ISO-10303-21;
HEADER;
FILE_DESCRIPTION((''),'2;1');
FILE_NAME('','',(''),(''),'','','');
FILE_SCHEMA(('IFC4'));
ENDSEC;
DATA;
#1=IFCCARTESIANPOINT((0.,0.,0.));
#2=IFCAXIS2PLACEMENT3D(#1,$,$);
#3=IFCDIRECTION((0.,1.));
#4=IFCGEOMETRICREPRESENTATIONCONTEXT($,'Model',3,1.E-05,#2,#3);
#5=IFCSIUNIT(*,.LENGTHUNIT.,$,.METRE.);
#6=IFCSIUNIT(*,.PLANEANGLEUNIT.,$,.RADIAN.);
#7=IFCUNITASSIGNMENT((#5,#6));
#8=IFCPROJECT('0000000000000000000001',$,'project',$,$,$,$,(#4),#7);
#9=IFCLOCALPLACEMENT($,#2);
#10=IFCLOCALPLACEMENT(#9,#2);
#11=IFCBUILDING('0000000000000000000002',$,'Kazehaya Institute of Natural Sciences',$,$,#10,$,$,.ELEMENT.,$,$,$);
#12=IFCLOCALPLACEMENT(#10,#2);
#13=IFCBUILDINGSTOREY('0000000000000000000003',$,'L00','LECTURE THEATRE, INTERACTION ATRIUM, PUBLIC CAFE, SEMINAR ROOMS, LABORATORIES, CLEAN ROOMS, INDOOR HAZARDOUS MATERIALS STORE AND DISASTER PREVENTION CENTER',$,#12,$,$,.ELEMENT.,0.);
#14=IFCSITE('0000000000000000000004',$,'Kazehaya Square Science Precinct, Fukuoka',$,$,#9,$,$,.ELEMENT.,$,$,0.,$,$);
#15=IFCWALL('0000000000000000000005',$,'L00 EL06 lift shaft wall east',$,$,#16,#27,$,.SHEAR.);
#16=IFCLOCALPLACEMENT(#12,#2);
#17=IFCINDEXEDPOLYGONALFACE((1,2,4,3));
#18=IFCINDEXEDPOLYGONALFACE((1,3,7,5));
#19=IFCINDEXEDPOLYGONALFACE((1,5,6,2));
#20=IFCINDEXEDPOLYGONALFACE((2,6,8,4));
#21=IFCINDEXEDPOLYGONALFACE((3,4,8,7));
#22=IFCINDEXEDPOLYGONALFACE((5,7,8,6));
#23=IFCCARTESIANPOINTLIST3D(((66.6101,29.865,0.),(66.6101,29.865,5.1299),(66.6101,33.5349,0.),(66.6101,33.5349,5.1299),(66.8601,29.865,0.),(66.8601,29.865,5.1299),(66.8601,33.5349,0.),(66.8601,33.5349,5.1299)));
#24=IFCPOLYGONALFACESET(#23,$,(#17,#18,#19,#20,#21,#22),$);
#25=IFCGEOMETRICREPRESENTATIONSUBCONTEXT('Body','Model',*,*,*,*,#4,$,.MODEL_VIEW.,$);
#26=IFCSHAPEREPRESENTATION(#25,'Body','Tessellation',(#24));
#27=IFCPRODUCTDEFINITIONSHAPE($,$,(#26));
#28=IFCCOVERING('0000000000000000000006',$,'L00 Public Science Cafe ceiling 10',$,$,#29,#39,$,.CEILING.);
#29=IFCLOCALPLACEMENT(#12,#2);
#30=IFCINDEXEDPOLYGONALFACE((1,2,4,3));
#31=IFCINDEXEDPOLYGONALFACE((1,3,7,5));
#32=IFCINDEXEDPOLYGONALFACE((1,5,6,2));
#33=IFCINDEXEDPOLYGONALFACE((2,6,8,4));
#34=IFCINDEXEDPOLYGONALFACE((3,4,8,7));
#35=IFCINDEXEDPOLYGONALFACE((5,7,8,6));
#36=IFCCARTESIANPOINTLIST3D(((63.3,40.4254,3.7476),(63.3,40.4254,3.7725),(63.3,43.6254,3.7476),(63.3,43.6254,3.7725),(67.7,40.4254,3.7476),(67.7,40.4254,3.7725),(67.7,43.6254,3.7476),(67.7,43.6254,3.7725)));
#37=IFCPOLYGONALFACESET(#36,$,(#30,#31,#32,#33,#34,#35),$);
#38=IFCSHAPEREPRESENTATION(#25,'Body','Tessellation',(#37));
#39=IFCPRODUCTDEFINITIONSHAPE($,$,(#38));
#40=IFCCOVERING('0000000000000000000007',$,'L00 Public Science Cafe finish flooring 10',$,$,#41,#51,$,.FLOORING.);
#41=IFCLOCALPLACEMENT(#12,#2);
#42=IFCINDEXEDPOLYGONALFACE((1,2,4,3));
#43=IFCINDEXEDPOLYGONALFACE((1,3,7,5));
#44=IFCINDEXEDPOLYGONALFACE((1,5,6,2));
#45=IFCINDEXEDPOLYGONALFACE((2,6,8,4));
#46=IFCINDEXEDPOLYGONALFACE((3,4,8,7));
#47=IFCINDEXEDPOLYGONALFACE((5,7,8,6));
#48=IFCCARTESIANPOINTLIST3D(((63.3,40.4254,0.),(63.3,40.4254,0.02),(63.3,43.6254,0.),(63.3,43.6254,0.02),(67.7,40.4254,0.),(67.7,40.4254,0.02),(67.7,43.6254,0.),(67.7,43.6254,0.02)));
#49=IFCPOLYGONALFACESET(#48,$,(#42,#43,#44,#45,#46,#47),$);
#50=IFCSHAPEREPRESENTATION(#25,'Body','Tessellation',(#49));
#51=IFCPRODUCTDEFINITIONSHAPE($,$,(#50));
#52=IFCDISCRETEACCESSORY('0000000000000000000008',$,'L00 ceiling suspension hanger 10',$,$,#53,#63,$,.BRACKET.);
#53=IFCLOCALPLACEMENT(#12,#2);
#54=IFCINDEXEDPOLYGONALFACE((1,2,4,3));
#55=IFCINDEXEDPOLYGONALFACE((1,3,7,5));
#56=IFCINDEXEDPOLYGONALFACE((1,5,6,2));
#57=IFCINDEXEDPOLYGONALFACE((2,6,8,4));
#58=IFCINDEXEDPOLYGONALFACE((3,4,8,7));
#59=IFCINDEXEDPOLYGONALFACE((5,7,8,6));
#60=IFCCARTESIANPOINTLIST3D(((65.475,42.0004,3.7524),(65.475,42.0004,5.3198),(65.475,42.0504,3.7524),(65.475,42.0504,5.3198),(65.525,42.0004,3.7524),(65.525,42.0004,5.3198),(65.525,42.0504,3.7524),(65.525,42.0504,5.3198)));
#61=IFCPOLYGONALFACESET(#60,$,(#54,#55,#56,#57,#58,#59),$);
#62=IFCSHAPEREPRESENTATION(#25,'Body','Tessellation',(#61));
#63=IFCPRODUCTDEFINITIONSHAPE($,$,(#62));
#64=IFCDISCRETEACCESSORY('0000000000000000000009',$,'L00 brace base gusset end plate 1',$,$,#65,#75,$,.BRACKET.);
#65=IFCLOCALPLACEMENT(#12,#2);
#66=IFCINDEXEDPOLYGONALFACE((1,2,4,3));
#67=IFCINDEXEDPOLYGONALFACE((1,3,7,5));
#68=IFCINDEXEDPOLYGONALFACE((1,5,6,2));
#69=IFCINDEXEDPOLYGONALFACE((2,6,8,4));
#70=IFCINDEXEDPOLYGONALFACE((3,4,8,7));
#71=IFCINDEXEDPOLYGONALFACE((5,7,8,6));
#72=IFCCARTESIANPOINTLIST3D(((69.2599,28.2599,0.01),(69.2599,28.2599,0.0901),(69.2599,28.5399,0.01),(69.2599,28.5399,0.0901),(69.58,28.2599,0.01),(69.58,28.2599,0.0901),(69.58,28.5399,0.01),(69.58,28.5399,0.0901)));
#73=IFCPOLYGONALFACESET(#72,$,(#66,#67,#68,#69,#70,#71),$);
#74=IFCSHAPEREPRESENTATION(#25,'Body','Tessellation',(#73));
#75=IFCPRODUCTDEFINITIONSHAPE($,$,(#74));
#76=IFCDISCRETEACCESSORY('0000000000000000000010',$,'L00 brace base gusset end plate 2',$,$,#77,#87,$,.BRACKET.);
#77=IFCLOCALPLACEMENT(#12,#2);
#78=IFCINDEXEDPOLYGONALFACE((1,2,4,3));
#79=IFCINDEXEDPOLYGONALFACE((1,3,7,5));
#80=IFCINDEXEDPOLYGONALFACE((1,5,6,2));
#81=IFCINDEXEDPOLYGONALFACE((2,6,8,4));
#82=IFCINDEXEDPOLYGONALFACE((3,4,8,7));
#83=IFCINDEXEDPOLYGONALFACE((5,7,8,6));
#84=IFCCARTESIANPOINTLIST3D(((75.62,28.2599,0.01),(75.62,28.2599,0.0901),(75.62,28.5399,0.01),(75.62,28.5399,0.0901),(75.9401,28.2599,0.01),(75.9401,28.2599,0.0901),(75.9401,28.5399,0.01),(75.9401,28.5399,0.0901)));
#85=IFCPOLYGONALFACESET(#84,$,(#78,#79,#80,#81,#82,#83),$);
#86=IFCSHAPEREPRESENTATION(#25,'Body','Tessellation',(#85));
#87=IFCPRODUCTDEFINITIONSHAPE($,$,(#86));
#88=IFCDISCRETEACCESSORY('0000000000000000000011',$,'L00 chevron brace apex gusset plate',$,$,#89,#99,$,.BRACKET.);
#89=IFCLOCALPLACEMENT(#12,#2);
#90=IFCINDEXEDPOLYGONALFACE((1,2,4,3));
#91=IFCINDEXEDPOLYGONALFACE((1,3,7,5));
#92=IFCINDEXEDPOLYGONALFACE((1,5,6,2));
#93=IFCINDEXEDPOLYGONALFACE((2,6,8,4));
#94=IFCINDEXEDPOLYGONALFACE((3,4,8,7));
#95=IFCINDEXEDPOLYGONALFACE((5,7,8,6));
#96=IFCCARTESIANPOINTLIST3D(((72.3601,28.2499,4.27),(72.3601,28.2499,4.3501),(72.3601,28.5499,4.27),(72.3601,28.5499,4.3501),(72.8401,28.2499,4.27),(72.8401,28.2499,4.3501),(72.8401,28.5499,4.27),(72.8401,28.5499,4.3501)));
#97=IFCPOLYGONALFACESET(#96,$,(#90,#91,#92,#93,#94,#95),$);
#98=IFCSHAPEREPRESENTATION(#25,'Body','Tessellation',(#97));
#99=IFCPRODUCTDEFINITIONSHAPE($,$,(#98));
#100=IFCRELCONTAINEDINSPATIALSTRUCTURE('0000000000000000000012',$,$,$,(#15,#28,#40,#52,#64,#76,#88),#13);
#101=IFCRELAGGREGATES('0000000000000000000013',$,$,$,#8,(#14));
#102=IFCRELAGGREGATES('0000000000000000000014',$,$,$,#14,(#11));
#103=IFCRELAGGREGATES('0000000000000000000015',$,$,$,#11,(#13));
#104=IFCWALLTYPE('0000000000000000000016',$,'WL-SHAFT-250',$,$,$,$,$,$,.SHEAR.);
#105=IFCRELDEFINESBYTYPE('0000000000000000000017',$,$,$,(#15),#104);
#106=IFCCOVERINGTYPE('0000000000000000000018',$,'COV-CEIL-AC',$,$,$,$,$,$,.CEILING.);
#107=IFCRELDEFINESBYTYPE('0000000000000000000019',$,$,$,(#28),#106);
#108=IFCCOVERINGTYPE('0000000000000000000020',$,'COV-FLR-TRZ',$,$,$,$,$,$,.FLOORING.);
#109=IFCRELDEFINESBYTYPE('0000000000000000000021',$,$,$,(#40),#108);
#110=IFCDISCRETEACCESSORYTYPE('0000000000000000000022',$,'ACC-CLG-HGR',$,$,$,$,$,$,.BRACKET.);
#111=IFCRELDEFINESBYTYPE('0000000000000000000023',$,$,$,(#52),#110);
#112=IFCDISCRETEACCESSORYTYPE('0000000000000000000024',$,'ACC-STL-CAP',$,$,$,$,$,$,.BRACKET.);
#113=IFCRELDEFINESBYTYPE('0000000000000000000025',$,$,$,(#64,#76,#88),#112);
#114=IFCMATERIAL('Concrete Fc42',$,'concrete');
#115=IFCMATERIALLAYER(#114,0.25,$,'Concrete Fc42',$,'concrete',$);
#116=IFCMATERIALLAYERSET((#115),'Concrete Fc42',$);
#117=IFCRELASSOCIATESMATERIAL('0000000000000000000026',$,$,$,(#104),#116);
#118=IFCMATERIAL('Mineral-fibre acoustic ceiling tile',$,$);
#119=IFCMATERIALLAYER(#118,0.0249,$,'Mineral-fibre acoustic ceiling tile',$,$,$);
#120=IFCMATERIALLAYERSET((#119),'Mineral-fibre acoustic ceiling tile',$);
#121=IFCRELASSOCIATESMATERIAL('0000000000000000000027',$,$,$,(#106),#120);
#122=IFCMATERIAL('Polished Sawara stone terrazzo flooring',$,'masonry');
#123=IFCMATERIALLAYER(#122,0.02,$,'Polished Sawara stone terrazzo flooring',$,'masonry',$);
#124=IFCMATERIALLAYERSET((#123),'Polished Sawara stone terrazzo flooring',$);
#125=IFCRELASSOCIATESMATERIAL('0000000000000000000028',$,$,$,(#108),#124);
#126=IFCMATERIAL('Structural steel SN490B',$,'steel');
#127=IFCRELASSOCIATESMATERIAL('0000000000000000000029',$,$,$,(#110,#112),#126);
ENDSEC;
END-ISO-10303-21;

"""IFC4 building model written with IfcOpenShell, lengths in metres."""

from ifc_helpers import new_model, si_unit, direction, frame, frame_2d, origin, origin_2d, place, context, subcontext, project, spatial, rectangle, extrude, material, layer, layer_set, type_object, element, save


model = new_model("IFC4")

# Units and contexts
model_context = context("Model", 3, precision=1e-05, world=origin(), true_north=direction((0.0, 1.0)))
body_context = subcontext(model_context, "Body", "Model", "MODEL_VIEW")
ifc_project = project(units=[si_unit("LENGTHUNIT", "METRE"), si_unit("PLANEANGLEUNIT", "RADIAN")], contexts=[model_context])

# Site, building, storey
site_placement = place(None, origin())
site = spatial("IfcSite", under=ifc_project, at=site_placement, Name="Kazehaya Square Science Precinct, Fukuoka", CompositionType="ELEMENT", RefElevation=0.0)
building_placement = place(site_placement, origin())
building = spatial("IfcBuilding", under=site, at=building_placement, Name="Kazehaya Institute of Natural Sciences", CompositionType="ELEMENT")
storey_placement = place(building_placement, origin())
storey = spatial("IfcBuildingStorey", under=building, at=storey_placement, Name="L00", Description="LECTURE THEATRE, INTERACTION ATRIUM, PUBLIC CAFE, SEMINAR ROOMS, LABORATORIES, CLEAN ROOMS, INDOOR HAZARDOUS MATERIALS STORE AND DISASTER PREVENTION CENTER", CompositionType="ELEMENT", Elevation=0.0)

# Shared definitions
ifc_material_1 = material(Name="Concrete Fc42", Category="concrete")

# Shared definitions
ifc_material_2 = material(Name="Structural steel SN490B", Category="steel")

# Shared definitions
ifc_layer_1 = layer(ifc_material_1, 0.25, Name="Concrete Fc42", Category="concrete")
ifc_layer_set_1 = layer_set([ifc_layer_1], Name="Concrete Fc42")
wall_type_1 = type_object("IfcWallType", Name="WL-SHAFT-250", PredefinedType="SHEAR", material=ifc_layer_set_1)

# Wall
for number, where, z_axis, x_axis, name in (
    (1, (66.7351, 33.5349, 0.0), (0.0, 0.0, 1.0), (0.0, -1.0, 0.0), "L00 EL06 lift shaft wall east"),
):
    element("IfcWall", number, at=place(storey_placement, frame(where, z_axis=z_axis, x_axis=x_axis)), inside=storey, type_object=wall_type_1, Name=name, PredefinedType="SHEAR", context=body_context, shape_type="SweptSolid", body=[
        extrude(rectangle(XDim=3.6699, YDim=0.25, at=frame_2d((1.835, 0.0))), origin(), (0.0, 0.0, 1.0), 5.1299),
    ])

# Coverings
ifc_material_3 = material(Name="Mineral-fibre acoustic ceiling tile")
ifc_layer_2 = layer(ifc_material_3, 0.0249, Name="Mineral-fibre acoustic ceiling tile")
ifc_layer_set_2 = layer_set([ifc_layer_2], Name="Mineral-fibre acoustic ceiling tile")
covering_type_1 = type_object("IfcCoveringType", Name="COV-CEIL-AC", PredefinedType="CEILING", material=ifc_layer_set_2)
covering_1_placement = place(storey_placement, frame((65.5, 42.0254, 3.7476), z_axis=(0.0, 0.0, 1.0), x_axis=(1.0, 0.0, 0.0)))
element("IfcCovering", 2, at=covering_1_placement, inside=storey, type_object=covering_type_1, Name="L00 Public Science Cafe ceiling 10", PredefinedType="CEILING", context=body_context, shape_type="SweptSolid", body=[
    extrude(rectangle(XDim=4.3999, YDim=3.2, at=origin_2d()), origin(), (0.0, 0.0, 1.0), 0.0249),
])
ifc_material_4 = material(Name="Polished Sawara stone terrazzo flooring", Category="masonry")
ifc_layer_3 = layer(ifc_material_4, 0.02, Name="Polished Sawara stone terrazzo flooring", Category="masonry")
ifc_layer_set_3 = layer_set([ifc_layer_3], Name="Polished Sawara stone terrazzo flooring")
covering_type_2 = type_object("IfcCoveringType", Name="COV-FLR-TRZ", PredefinedType="FLOORING", material=ifc_layer_set_3)
covering_2_placement = place(storey_placement, frame((65.5, 42.0254, 0.0), z_axis=(0.0, 0.0, 1.0), x_axis=(1.0, 0.0, 0.0)))
element("IfcCovering", 3, at=covering_2_placement, inside=storey, type_object=covering_type_2, Name="L00 Public Science Cafe finish flooring 10", PredefinedType="FLOORING", context=body_context, shape_type="SweptSolid", body=[
    extrude(rectangle(XDim=4.3999, YDim=3.2, at=origin_2d()), origin(), (0.0, 0.0, 1.0), 0.02),
])

# Discrete accessories
discrete_accessory_type_1 = type_object("IfcDiscreteAccessoryType", Name="ACC-CLG-HGR", PredefinedType="BRACKET", material=ifc_material_2)
discrete_accessory_1_placement = place(storey_placement, frame((65.5, 42.0254, 3.7524), z_axis=(0.0, 0.0, 1.0), x_axis=(1.0, 0.0, 0.0)))
element("IfcDiscreteAccessory", 4, at=discrete_accessory_1_placement, inside=storey, type_object=discrete_accessory_type_1, Name="L00 ceiling suspension hanger 10", PredefinedType="BRACKET", context=body_context, shape_type="SweptSolid", body=[
    extrude(rectangle(XDim=0.05, YDim=0.05, at=origin_2d()), origin(), (0.0, 0.0, 1.0), 1.5674),
])
discrete_accessory_type_2 = type_object("IfcDiscreteAccessoryType", Name="ACC-STL-CAP", PredefinedType="BRACKET", material=ifc_material_2)
for number, where, z_axis, x_axis, name in (
    (5, (69.4199, 28.3999, 0.01), (0.0, 0.0, 1.0), (1.0, 0.0, 0.0), "L00 brace base gusset end plate 1"),
    (6, (75.78, 28.3999, 0.01), (0.0, 0.0, 1.0), (1.0, 0.0, 0.0), "L00 brace base gusset end plate 2"),
):
    element("IfcDiscreteAccessory", number, at=place(storey_placement, frame(where, z_axis=z_axis, x_axis=x_axis)), inside=storey, type_object=discrete_accessory_type_2, Name=name, PredefinedType="BRACKET", context=body_context, shape_type="SweptSolid", body=[
        extrude(rectangle(XDim=0.3201, YDim=0.28, at=origin_2d()), origin(), (0.0, 0.0, 1.0), 0.0801),
    ])
discrete_accessory_2_placement = place(storey_placement, frame((72.6001, 28.3999, 4.27), z_axis=(0.0, 0.0, 1.0), x_axis=(1.0, 0.0, 0.0)))
element("IfcDiscreteAccessory", 7, at=discrete_accessory_2_placement, inside=storey, type_object=discrete_accessory_type_2, Name="L00 chevron brace apex gusset plate", PredefinedType="BRACKET", context=body_context, shape_type="SweptSolid", body=[
    extrude(rectangle(XDim=0.48, YDim=0.3, at=origin_2d()), origin(), (0.0, 0.0, 1.0), 0.0801),
])

save(model, "model.ifc")
